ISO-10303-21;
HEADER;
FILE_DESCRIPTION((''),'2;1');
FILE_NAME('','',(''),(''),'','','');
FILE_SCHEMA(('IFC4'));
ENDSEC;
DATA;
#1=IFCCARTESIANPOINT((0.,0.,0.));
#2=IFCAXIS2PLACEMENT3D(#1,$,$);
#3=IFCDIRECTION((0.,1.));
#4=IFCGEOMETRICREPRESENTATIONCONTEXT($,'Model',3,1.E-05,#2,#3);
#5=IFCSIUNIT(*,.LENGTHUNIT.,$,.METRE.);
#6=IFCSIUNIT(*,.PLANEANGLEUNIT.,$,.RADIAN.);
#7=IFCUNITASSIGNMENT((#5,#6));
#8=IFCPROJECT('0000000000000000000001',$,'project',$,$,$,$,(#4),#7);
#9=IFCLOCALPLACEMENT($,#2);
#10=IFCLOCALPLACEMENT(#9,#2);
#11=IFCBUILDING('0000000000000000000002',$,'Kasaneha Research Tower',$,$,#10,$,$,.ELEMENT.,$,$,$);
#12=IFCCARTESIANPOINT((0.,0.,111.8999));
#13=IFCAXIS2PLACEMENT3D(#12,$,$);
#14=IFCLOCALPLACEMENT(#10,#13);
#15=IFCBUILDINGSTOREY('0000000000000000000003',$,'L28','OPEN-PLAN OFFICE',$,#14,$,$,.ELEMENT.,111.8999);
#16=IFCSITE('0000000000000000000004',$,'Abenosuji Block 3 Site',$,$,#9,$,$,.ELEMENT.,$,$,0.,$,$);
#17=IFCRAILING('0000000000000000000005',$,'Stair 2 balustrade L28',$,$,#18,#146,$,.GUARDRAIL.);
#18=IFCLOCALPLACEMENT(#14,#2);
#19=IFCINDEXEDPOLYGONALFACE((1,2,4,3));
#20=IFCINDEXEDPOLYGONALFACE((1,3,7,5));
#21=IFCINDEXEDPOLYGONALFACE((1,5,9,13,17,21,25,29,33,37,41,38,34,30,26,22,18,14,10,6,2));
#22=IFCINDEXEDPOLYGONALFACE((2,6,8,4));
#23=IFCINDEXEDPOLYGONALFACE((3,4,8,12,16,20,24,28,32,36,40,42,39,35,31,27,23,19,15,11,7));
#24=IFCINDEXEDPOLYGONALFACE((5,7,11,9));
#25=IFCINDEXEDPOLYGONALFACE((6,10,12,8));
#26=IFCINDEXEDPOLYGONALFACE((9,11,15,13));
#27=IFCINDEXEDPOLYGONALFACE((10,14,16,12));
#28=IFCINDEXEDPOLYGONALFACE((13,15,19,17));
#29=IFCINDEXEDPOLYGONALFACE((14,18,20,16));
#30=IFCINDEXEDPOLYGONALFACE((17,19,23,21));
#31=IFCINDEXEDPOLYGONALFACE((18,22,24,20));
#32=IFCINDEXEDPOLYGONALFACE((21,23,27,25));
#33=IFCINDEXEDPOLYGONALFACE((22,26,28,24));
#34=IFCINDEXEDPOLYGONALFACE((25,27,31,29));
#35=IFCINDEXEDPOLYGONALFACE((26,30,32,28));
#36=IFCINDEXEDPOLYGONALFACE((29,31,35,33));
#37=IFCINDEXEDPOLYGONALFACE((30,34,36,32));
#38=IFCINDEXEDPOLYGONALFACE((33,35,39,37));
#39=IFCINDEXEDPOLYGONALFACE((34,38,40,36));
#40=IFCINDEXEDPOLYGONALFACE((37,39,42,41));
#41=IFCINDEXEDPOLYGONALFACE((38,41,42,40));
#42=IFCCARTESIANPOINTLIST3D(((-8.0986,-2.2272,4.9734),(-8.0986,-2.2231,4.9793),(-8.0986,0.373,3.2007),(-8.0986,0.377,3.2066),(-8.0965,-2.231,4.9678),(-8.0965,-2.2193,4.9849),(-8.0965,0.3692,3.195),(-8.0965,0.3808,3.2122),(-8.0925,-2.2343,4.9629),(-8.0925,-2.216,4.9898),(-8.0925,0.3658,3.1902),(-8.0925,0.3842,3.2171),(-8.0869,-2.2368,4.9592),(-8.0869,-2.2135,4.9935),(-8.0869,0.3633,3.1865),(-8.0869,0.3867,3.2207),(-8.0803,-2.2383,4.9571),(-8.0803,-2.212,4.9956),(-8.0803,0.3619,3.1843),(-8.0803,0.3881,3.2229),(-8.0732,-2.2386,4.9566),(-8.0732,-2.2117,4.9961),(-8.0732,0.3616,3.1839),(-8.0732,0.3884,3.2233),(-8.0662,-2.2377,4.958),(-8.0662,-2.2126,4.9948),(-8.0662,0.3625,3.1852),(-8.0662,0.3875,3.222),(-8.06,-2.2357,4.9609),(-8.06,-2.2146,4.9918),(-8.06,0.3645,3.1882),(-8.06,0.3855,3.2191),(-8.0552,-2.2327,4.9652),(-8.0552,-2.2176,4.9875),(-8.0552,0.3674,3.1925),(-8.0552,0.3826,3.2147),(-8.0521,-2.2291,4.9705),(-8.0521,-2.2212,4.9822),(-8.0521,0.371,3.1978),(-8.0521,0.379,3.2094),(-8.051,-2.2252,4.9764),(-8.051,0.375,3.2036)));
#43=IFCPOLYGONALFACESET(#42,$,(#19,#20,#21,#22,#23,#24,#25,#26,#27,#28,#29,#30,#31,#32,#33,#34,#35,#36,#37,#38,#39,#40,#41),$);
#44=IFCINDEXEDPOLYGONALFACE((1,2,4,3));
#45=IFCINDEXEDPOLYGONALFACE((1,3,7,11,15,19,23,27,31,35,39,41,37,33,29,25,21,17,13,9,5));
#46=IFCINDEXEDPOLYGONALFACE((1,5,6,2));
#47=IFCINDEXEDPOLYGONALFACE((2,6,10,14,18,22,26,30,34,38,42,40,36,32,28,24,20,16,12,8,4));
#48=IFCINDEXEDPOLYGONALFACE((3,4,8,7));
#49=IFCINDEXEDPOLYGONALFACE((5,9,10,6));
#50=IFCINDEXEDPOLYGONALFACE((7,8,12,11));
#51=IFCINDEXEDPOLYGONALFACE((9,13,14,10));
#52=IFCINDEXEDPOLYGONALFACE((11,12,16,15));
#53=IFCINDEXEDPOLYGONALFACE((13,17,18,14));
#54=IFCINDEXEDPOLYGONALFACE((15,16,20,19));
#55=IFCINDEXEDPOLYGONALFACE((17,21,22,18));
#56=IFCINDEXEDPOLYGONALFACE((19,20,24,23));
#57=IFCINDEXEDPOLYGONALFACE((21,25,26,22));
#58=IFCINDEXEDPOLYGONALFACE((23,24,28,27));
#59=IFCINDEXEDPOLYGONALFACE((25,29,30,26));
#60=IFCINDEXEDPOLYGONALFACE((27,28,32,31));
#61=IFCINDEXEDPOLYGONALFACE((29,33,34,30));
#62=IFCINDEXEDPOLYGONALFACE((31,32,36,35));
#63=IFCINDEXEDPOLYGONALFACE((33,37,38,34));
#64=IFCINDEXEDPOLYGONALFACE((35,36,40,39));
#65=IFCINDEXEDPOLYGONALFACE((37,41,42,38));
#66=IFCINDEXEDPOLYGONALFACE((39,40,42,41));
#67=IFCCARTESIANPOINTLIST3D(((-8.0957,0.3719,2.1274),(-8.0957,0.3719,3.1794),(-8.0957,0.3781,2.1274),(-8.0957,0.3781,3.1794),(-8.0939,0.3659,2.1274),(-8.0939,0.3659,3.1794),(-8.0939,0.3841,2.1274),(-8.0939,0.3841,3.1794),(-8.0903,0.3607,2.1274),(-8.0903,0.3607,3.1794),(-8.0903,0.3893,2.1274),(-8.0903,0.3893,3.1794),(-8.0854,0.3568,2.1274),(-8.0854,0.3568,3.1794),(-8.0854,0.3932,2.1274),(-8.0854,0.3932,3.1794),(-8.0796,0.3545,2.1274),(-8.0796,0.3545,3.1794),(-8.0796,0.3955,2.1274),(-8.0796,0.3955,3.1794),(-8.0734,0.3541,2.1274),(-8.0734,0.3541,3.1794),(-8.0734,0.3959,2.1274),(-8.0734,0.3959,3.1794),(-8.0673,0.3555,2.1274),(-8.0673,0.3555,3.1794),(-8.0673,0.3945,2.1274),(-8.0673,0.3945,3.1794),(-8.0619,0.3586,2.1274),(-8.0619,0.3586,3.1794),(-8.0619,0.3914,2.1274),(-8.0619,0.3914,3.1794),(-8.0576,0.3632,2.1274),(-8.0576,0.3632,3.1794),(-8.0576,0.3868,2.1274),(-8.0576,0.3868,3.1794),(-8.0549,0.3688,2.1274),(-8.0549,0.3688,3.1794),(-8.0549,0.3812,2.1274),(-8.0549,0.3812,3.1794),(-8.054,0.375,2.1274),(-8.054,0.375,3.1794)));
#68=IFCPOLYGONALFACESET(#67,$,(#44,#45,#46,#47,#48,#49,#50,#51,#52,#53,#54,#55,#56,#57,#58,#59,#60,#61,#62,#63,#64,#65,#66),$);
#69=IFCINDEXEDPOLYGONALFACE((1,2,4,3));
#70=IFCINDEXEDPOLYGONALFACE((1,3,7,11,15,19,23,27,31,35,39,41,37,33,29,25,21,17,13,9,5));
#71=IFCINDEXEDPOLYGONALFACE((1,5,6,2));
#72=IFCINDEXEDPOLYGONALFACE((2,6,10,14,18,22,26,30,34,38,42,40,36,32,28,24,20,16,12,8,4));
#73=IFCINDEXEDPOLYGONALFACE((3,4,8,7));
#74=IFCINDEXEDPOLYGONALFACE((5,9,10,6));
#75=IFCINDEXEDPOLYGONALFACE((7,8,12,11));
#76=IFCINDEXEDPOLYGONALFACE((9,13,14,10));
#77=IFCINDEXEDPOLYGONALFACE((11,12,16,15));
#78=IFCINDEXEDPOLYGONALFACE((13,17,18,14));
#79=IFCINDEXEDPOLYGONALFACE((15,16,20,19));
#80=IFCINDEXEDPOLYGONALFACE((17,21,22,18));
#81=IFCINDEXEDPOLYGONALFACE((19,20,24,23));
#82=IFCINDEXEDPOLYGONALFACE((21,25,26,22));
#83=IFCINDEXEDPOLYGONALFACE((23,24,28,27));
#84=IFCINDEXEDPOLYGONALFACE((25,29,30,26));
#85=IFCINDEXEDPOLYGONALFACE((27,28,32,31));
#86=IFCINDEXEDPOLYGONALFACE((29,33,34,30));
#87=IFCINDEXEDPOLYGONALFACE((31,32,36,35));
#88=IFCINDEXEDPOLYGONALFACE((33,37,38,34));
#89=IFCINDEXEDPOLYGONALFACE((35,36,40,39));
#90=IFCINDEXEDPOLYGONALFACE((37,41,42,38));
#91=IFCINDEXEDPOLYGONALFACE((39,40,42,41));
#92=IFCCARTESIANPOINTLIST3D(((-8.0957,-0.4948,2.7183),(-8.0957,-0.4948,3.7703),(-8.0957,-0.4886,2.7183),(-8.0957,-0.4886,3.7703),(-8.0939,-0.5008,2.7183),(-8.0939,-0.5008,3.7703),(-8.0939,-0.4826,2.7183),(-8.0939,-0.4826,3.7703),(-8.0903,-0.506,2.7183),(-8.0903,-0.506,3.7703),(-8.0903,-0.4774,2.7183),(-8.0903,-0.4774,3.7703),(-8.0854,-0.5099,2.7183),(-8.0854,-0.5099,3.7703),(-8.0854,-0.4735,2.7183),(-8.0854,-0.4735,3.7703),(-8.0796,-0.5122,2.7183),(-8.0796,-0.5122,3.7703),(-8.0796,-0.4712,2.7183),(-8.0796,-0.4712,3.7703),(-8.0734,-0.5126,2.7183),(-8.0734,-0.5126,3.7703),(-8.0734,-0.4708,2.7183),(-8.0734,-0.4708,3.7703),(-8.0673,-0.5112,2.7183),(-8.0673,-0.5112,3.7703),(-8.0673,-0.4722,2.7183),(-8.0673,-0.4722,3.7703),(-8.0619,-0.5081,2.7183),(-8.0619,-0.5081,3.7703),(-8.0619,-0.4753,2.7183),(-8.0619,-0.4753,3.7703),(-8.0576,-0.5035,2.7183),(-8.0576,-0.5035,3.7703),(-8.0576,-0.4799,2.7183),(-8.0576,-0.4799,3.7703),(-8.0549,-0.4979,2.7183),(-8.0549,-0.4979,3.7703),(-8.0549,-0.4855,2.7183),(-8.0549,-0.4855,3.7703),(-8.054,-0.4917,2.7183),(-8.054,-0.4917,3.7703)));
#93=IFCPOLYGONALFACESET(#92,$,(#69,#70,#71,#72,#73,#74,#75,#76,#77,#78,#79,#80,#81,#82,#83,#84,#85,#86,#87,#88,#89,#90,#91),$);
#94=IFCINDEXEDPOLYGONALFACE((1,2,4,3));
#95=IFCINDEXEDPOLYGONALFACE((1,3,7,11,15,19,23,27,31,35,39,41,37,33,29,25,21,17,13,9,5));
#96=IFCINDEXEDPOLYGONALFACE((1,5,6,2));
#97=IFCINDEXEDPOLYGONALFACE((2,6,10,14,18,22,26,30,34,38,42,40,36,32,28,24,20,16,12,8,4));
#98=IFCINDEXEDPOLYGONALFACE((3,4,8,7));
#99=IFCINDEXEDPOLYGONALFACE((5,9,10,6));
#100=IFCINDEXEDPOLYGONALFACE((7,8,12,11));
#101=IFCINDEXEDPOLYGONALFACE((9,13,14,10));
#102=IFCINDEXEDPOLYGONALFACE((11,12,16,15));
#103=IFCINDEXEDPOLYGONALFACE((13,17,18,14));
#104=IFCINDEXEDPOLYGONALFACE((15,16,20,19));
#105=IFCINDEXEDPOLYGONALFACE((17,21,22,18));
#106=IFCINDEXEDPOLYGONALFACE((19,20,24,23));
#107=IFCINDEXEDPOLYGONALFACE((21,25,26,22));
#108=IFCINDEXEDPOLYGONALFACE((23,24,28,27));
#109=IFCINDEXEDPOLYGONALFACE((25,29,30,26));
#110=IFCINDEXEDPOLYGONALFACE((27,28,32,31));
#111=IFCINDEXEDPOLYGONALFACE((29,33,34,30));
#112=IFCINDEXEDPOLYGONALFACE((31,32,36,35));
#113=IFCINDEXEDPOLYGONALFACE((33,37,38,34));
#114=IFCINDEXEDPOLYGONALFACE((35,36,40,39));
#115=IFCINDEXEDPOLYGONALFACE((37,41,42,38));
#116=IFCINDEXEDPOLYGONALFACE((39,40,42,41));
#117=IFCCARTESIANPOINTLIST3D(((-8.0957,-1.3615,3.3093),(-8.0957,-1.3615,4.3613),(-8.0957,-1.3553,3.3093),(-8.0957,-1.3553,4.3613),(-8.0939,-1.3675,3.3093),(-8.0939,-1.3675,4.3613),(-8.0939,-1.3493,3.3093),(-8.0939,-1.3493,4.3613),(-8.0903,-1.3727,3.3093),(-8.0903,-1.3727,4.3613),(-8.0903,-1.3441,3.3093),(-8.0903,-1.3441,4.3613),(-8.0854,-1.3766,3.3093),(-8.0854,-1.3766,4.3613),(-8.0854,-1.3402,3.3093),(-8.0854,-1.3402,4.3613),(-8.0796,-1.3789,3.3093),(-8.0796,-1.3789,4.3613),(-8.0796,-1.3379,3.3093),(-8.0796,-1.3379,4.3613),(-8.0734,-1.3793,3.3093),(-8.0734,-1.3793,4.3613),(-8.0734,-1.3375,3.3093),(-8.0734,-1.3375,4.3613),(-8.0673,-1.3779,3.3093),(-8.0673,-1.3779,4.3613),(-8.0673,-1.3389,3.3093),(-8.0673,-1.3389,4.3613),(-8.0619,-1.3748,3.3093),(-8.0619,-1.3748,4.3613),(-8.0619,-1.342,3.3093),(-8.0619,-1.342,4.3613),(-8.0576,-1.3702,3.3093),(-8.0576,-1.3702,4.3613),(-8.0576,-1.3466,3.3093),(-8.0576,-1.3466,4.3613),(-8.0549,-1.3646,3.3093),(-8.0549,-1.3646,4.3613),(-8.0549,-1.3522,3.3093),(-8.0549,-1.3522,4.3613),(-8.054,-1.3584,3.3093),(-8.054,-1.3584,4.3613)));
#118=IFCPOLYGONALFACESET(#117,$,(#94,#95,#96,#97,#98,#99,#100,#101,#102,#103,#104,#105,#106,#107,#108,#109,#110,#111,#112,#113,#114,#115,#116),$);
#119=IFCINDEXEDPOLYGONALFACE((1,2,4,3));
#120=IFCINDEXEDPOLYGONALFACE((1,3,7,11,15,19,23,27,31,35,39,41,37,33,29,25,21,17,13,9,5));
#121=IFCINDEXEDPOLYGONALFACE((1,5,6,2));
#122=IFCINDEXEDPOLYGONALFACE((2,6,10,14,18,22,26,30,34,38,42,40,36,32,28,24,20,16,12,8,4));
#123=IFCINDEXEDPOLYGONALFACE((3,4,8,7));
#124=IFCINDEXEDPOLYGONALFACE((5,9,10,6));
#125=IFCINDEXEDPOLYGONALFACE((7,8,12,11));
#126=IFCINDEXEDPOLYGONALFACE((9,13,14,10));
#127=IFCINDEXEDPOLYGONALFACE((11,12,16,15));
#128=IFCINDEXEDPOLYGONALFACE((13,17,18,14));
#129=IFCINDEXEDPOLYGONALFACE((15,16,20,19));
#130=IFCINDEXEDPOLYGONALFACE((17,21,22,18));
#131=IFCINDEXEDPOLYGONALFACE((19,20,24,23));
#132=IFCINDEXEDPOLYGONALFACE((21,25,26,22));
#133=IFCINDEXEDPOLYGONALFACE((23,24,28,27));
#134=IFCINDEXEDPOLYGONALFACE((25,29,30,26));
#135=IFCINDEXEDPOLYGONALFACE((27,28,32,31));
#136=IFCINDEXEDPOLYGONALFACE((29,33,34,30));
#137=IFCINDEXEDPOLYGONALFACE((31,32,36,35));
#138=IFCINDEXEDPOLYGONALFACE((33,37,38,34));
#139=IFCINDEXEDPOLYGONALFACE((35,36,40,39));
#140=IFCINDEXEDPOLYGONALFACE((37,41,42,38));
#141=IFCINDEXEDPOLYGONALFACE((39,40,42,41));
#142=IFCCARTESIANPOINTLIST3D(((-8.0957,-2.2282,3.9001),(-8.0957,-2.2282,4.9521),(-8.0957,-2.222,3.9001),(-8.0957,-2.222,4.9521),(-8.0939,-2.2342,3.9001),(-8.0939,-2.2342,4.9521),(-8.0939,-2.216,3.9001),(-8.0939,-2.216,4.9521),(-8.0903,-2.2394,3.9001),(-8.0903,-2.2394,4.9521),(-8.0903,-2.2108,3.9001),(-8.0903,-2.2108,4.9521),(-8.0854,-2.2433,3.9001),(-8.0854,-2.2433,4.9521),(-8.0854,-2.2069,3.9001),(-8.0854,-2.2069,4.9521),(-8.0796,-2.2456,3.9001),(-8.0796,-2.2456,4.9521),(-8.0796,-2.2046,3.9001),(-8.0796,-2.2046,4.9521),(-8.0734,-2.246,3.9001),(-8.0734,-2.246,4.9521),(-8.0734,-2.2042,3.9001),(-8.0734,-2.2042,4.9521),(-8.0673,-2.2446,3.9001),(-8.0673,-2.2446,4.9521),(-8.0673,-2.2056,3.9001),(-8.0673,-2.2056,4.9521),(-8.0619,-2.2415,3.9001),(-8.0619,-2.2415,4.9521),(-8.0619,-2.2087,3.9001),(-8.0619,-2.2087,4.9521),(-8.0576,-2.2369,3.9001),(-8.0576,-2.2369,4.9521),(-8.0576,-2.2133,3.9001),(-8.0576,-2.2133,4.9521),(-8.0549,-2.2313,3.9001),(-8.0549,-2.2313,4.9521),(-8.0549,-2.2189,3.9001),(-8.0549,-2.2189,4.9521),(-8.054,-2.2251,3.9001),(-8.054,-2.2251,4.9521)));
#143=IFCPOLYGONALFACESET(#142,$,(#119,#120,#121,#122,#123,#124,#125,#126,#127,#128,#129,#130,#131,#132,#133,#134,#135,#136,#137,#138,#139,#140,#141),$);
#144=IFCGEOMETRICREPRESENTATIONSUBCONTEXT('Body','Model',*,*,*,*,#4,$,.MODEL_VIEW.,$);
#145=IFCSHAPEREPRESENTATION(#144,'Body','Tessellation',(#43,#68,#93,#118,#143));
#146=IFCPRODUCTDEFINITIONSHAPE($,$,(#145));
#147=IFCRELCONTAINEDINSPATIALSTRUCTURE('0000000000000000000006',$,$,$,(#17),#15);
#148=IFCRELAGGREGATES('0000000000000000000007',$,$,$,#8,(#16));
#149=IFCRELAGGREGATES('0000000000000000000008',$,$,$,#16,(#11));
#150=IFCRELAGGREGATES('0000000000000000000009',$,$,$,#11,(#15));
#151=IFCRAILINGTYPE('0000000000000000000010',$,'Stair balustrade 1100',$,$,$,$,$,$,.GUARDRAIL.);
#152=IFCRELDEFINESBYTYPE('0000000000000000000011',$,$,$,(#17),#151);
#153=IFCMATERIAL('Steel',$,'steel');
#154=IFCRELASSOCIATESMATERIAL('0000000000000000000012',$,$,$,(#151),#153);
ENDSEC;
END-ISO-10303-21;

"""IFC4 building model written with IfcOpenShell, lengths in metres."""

from ifc_helpers import new_model, si_unit, direction, frame, origin, origin_2d, place, context, subcontext, project, spatial, circle, extrude, material, type_object, element, save


model = new_model("IFC4")

# Units and contexts
model_context = context("Model", 3, precision=1e-05, world=origin(), true_north=direction((0.0, 1.0)))
body_context = subcontext(model_context, "Body", "Model", "MODEL_VIEW")
ifc_project = project(units=[si_unit("LENGTHUNIT", "METRE"), si_unit("PLANEANGLEUNIT", "RADIAN")], contexts=[model_context])

# Site, building, storey
site_placement = place(None, origin())
site = spatial("IfcSite", under=ifc_project, at=site_placement, Name="Abenosuji Block 3 Site", CompositionType="ELEMENT", RefElevation=0.0)
building_placement = place(site_placement, origin())
building = spatial("IfcBuilding", under=site, at=building_placement, Name="Kasaneha Research Tower", CompositionType="ELEMENT")
storey_placement = place(building_placement, frame((0.0, 0.0, 111.8999)))
storey = spatial("IfcBuildingStorey", under=building, at=storey_placement, Name="L28", Description="OPEN-PLAN OFFICE", CompositionType="ELEMENT", Elevation=111.8999)

# Railing
ifc_material_1 = material(Name="Steel", Category="steel")
railing_type_1 = type_object("IfcRailingType", Name="Stair balustrade 1100", PredefinedType="GUARDRAIL", material=ifc_material_1)
railing_1_placement = place(storey_placement, frame((-8.075, 0.375, 2.1274)))
element("IfcRailing", 1, at=railing_1_placement, inside=storey, type_object=railing_type_1, Name="Stair 2 balustrade L28", PredefinedType="GUARDRAIL", context=body_context, shape_type="SweptSolid", body=[
    extrude(circle(Radius=0.0239, at=origin_2d()), frame((0.0, 0.0, 1.0762), z_axis=(0.0, -0.82624, 0.563318), x_axis=(1.0, 0.0, 0.0)), (0.0, 0.0, 1.0), 3.147),
    extrude(circle(Radius=0.021, at=origin_2d()), origin(), (0.0, 0.0, 1.0), 1.052),
    extrude(circle(Radius=0.021, at=origin_2d()), frame((0.0, -0.8667, 0.5908)), (0.0, 0.0, 1.0), 1.052),
    extrude(circle(Radius=0.021, at=origin_2d()), frame((0.0, -1.7334, 1.1819)), (0.0, 0.0, 1.0), 1.052),
    extrude(circle(Radius=0.021, at=origin_2d()), frame((0.0, -2.6001, 1.7727)), (0.0, 0.0, 1.0), 1.052),
])

save(model, "model.ifc")
